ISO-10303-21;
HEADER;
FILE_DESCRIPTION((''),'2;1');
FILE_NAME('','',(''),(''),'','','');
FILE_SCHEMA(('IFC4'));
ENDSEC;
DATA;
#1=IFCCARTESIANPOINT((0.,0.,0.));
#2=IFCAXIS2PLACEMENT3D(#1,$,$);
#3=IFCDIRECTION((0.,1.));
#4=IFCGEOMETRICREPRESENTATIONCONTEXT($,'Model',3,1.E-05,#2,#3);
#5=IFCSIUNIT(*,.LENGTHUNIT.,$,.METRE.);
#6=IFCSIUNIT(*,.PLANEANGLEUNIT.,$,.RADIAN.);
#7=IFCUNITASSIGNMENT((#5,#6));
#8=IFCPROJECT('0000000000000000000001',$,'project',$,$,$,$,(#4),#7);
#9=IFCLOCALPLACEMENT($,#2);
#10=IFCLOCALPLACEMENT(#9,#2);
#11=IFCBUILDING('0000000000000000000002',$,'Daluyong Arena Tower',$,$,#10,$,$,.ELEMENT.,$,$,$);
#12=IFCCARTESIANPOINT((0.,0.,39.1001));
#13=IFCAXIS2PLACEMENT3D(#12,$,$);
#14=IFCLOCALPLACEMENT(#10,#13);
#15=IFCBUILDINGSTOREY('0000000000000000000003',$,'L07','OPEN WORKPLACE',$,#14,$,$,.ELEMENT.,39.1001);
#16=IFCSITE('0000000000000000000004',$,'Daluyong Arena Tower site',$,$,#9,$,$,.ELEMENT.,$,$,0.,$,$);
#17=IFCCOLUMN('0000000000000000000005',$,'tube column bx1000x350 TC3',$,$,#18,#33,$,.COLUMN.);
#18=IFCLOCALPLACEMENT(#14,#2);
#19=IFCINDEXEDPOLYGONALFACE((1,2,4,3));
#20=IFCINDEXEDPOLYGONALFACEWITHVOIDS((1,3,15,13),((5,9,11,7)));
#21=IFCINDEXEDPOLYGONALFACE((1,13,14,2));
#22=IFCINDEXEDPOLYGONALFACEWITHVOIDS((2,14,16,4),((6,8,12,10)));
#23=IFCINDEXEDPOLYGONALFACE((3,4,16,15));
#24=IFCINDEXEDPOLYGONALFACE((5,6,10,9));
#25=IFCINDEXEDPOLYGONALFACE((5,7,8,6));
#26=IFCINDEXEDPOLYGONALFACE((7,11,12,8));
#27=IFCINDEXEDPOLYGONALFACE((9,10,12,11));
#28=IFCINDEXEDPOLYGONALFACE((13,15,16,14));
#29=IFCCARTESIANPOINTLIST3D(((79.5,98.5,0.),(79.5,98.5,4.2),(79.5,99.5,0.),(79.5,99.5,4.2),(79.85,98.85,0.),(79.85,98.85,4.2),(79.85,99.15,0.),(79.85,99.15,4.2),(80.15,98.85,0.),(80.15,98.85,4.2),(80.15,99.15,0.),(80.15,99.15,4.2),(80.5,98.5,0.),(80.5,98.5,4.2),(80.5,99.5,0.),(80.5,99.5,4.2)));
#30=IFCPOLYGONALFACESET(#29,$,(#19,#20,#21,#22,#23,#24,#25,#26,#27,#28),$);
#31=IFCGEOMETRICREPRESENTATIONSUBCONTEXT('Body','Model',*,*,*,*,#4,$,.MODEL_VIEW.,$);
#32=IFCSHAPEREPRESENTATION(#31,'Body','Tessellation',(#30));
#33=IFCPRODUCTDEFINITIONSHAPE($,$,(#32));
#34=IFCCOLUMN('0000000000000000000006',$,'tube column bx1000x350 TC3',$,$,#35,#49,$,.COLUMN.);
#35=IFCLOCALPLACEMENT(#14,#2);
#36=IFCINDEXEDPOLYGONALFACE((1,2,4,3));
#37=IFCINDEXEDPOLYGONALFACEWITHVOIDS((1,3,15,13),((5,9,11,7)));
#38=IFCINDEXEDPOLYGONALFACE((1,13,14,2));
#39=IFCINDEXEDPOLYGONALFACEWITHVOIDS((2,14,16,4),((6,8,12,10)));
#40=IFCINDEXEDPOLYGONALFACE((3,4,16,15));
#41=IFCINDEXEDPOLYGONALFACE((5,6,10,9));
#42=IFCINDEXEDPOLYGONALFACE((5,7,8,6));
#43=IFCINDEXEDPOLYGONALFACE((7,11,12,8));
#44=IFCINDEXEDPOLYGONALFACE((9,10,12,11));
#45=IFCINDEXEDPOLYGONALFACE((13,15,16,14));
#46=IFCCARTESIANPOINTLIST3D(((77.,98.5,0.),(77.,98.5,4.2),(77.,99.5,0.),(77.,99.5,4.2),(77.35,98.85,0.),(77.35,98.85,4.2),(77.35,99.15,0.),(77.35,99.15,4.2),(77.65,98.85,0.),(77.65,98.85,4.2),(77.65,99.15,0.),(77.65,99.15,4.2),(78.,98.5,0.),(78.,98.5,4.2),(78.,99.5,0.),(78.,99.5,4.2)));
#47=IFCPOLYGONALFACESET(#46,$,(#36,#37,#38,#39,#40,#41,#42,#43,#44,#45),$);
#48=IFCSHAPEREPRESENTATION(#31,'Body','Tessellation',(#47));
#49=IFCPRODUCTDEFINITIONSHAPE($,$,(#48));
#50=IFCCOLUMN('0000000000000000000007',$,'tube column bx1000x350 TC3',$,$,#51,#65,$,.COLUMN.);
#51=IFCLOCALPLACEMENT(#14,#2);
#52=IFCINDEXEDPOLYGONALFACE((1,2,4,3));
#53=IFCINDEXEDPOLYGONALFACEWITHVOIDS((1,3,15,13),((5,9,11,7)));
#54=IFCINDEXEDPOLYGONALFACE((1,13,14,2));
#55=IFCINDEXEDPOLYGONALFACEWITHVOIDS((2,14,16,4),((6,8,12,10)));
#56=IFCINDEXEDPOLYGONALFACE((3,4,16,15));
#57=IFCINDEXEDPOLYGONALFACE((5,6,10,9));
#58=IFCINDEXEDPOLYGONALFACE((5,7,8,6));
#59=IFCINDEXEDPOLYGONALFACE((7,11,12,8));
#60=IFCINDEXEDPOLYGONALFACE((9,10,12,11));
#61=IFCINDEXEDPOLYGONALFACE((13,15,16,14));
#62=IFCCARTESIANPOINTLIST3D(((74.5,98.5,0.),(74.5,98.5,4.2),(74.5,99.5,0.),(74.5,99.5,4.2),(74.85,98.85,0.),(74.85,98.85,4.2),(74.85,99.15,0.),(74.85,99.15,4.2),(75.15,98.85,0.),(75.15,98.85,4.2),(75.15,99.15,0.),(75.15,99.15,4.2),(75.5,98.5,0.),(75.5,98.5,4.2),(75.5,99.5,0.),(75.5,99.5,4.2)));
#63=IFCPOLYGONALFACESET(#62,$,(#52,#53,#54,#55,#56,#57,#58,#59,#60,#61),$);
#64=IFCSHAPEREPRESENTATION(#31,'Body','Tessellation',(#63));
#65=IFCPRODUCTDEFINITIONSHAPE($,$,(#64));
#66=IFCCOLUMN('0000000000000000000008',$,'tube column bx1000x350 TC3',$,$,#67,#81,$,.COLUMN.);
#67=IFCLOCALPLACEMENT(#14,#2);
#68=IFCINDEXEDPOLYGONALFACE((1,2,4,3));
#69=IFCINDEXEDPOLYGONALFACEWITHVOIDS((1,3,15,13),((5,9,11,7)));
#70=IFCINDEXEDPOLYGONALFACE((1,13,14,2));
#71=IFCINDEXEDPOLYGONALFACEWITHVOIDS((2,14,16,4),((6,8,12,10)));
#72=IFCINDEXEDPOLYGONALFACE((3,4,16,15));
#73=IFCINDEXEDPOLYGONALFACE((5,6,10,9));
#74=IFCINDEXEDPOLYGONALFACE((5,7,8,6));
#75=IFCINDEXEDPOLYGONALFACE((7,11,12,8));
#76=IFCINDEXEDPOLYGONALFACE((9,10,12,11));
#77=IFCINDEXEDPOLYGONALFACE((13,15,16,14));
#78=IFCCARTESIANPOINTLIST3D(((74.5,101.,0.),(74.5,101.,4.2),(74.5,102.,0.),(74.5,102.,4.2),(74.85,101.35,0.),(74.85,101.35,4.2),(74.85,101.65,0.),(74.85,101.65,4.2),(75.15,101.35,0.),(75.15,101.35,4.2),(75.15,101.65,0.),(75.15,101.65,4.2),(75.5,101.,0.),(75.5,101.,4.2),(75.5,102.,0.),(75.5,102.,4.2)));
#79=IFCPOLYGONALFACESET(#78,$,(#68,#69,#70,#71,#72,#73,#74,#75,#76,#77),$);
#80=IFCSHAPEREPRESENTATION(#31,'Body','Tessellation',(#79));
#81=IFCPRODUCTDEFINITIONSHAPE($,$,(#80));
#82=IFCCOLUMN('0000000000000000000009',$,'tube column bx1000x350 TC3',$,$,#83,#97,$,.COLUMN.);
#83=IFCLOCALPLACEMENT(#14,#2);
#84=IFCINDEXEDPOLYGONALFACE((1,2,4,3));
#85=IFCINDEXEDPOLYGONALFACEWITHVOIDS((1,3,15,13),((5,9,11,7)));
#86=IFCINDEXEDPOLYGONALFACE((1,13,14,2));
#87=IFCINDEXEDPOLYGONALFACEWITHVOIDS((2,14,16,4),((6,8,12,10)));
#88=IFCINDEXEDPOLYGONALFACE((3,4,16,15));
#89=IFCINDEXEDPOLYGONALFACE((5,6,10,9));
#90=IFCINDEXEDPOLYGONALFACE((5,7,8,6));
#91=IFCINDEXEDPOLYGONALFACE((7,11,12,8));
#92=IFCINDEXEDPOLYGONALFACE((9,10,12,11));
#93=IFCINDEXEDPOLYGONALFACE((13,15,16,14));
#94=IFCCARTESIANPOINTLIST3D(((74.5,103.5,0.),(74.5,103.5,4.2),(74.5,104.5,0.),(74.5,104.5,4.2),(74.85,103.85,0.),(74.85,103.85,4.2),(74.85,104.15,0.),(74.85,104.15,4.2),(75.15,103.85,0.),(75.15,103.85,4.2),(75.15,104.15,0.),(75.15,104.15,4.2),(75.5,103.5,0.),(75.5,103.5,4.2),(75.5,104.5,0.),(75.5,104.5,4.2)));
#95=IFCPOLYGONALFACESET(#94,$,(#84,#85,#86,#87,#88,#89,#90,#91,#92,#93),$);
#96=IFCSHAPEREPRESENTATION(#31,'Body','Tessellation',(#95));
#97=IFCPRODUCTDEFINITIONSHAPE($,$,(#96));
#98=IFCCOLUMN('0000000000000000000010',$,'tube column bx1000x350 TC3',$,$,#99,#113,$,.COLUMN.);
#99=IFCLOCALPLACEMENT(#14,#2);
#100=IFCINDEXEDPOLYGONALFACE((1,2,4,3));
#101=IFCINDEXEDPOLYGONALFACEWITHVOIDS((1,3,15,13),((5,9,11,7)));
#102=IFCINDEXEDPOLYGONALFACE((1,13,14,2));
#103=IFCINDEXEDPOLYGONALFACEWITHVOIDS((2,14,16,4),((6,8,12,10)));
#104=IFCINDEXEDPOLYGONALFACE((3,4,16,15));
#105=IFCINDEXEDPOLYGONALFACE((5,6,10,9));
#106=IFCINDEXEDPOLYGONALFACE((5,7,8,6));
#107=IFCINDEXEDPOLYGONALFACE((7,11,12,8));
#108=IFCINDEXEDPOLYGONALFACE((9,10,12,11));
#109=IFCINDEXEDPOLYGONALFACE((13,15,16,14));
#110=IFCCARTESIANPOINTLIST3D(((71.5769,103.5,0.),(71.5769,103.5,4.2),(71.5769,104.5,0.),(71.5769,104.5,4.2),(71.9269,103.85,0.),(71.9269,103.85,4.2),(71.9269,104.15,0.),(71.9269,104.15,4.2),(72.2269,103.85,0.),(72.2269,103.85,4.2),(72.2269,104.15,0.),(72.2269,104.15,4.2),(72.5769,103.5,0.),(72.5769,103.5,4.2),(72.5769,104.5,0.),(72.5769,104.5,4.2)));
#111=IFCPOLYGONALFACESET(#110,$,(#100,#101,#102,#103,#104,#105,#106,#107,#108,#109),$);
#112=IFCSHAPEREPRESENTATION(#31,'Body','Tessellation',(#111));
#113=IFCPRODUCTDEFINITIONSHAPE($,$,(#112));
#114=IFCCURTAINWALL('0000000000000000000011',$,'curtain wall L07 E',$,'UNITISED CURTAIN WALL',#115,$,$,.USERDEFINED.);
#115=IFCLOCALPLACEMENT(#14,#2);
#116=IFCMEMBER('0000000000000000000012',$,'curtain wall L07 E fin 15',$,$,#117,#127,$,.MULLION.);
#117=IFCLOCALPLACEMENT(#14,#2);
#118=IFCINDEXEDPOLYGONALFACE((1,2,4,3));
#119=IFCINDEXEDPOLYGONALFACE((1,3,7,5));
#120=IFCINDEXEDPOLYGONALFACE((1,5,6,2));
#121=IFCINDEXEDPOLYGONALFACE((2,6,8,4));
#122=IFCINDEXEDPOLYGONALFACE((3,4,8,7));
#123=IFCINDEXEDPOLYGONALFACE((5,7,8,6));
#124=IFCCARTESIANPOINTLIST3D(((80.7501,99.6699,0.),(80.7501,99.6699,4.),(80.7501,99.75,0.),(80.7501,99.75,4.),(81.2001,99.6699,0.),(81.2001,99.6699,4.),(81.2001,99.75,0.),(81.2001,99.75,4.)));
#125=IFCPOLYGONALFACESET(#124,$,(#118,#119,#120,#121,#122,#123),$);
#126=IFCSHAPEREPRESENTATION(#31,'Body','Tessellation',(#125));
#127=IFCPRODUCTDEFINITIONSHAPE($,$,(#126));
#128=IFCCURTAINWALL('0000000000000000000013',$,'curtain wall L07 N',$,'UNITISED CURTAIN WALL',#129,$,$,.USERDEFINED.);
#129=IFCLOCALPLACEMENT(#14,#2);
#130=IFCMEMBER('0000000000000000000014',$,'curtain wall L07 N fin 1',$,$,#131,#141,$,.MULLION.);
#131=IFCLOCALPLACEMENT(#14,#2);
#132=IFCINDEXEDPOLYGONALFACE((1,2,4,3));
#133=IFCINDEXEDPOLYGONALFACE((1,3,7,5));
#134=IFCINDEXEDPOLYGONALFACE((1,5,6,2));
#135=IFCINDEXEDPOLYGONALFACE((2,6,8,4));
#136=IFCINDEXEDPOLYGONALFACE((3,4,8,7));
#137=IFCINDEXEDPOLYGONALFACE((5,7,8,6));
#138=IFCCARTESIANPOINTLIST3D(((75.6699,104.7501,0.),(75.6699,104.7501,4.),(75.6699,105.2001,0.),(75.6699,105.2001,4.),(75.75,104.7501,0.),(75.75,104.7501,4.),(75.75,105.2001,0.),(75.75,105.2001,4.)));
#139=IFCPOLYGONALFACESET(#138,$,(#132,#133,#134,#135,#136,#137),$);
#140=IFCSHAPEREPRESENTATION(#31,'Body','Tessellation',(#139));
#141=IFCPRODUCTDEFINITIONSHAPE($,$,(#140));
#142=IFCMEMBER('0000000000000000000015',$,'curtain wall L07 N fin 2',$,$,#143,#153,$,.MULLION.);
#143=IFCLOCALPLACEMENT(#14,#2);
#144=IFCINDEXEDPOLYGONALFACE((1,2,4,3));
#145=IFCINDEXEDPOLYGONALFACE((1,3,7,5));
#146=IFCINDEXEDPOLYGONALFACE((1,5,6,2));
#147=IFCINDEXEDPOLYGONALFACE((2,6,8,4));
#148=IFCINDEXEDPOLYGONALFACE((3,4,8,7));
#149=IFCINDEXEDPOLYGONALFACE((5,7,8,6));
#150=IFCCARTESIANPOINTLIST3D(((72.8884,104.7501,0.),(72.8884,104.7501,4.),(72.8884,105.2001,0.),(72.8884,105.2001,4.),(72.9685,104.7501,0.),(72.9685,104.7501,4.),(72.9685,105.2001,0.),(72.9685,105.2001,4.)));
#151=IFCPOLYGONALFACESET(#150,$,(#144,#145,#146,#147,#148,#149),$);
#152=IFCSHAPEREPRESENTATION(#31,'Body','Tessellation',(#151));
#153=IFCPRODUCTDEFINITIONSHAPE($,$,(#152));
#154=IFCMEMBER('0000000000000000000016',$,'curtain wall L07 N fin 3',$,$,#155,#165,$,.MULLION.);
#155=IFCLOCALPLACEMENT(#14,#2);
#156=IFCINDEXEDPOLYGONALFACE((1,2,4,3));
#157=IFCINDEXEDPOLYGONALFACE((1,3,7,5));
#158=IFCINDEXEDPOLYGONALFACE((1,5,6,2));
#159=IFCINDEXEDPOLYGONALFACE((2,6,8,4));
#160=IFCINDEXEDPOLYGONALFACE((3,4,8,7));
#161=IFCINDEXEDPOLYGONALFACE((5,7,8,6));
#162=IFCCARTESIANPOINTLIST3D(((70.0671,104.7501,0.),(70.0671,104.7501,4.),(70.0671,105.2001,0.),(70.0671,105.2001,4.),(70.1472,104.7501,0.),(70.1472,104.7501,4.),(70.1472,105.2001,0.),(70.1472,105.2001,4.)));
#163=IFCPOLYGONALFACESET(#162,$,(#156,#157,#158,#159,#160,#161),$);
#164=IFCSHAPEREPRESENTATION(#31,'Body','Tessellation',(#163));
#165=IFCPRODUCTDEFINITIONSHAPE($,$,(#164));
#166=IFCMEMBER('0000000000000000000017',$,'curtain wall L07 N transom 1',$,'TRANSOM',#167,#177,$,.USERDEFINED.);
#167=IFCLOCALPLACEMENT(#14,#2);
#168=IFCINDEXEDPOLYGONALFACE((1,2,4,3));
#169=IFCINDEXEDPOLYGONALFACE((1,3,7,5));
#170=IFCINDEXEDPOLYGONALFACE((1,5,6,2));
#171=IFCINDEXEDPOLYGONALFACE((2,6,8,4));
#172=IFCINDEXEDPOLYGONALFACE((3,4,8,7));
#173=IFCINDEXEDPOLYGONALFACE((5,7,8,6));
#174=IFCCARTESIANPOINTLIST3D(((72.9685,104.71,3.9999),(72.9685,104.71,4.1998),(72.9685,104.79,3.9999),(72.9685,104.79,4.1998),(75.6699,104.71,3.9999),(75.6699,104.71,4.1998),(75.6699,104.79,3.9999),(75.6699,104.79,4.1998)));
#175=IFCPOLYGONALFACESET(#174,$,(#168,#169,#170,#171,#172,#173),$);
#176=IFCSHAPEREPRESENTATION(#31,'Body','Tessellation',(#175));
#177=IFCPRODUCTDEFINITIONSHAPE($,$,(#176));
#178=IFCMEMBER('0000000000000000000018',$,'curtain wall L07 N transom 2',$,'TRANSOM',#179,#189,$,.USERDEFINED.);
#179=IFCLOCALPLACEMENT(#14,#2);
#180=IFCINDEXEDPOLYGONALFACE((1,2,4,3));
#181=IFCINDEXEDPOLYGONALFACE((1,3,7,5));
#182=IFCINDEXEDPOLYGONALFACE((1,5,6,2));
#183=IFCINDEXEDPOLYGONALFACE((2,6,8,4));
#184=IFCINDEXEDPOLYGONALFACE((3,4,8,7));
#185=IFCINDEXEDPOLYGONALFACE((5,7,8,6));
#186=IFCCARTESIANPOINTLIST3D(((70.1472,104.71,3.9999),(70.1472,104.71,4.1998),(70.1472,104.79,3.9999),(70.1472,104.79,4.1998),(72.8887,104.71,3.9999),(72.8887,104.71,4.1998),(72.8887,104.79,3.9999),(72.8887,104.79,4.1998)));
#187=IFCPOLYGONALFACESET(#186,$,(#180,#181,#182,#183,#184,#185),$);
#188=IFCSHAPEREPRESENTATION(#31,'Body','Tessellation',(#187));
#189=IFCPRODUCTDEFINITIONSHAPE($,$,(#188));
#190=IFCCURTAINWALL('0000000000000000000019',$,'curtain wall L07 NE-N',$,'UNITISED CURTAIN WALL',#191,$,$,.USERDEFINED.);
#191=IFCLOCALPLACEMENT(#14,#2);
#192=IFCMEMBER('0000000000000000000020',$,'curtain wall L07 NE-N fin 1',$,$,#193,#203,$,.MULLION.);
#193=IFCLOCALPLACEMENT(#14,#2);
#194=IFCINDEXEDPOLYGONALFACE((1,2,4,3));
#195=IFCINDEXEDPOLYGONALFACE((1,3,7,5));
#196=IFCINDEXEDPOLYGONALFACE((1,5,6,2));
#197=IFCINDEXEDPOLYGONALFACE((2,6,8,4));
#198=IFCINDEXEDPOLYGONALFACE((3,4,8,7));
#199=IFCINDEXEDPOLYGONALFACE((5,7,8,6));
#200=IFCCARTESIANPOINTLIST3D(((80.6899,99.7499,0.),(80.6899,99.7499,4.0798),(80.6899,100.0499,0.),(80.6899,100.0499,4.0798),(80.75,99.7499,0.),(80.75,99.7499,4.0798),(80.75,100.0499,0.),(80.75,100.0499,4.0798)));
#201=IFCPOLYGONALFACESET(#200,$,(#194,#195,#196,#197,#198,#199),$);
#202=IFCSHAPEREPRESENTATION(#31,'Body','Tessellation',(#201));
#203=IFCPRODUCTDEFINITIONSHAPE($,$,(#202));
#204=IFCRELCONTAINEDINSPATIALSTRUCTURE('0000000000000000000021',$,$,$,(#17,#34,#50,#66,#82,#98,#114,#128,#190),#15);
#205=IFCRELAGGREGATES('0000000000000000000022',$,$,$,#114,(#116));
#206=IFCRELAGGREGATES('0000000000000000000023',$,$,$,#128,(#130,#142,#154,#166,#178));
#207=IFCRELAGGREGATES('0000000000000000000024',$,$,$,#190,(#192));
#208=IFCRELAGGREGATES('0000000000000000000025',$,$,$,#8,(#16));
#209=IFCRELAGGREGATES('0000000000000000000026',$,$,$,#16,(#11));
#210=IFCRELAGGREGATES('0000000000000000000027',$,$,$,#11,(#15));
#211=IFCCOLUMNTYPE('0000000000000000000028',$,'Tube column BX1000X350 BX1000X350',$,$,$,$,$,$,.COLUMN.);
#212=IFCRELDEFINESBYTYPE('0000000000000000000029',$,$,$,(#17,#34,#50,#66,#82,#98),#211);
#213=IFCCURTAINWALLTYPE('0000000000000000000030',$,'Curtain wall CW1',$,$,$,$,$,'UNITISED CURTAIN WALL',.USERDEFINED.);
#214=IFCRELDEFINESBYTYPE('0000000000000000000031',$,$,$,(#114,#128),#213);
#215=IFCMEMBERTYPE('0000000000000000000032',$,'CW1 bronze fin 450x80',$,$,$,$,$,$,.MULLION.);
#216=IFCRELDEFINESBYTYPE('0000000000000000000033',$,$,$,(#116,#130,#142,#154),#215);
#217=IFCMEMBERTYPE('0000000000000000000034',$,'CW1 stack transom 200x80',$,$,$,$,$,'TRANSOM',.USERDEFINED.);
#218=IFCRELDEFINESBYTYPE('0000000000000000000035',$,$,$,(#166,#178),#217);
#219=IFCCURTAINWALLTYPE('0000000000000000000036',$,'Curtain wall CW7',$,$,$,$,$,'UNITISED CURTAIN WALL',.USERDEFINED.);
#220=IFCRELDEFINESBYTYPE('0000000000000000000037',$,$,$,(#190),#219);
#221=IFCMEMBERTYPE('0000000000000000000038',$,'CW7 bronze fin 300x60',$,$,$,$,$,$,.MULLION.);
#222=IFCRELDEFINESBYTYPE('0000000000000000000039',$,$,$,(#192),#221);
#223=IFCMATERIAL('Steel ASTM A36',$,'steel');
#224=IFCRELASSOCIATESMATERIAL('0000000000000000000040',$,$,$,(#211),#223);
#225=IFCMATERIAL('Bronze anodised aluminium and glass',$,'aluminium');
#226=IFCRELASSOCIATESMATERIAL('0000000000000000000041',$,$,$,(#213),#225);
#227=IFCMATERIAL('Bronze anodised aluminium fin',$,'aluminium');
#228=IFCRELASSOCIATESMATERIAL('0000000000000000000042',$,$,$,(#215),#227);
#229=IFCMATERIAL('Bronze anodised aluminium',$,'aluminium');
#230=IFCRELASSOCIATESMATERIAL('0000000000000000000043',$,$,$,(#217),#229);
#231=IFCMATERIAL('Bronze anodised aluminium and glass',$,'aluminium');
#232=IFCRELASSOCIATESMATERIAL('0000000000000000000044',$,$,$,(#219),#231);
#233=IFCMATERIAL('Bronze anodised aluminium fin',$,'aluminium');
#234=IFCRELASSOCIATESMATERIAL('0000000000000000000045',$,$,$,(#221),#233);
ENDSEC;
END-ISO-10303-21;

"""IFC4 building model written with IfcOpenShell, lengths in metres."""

from ifc_helpers import new_model, si_unit, direction, frame, origin, origin_2d, place, context, subcontext, project, spatial, rectangle, hollow_rectangle, extrude, material, material_profile, profile_set, type_object, element, aggregate, save


model = new_model("IFC4")

# Units and contexts
model_context = context("Model", 3, precision=1e-05, world=origin(), true_north=direction((0.0, 1.0)))
body_context = subcontext(model_context, "Body", "Model", "MODEL_VIEW")
ifc_project = project(units=[si_unit("LENGTHUNIT", "METRE"), si_unit("PLANEANGLEUNIT", "RADIAN")], contexts=[model_context])

# Site, building, storey
site_placement = place(None, origin())
site = spatial("IfcSite", under=ifc_project, at=site_placement, Name="Daluyong Arena Tower site", CompositionType="ELEMENT", RefElevation=0.0)
building_placement = place(site_placement, origin())
building = spatial("IfcBuilding", under=site, at=building_placement, Name="Daluyong Arena Tower", CompositionType="ELEMENT")
storey_placement = place(building_placement, frame((0.0, 0.0, 39.1001)))
storey = spatial("IfcBuildingStorey", under=building, at=storey_placement, Name="L07", Description="OPEN WORKPLACE", CompositionType="ELEMENT", Elevation=39.1001)

# Columns
ifc_material_1 = material(Name="Steel ASTM A36", Category="steel")
ifc_material_profile_1 = material_profile(ifc_material_1, hollow_rectangle(XDim=1.0, YDim=1.0, WallThickness=0.35, at=origin_2d()))
ifc_profile_set_1 = profile_set([ifc_material_profile_1], Name="Steel ASTM A36")
column_type = type_object("IfcColumnType", Name="Tube column BX1000X350 BX1000X350", PredefinedType="COLUMN", material=ifc_profile_set_1)
for number, where, z_axis, x_axis, name in (
    (1, (80.0, 99.0, 0.0), (0.0, 0.0, 1.0), (1.0, 0.0, 0.0), "tube column bx1000x350 TC3"),
    (2, (77.5, 99.0, 0.0), (0.0, 0.0, 1.0), (1.0, 0.0, 0.0), "tube column bx1000x350 TC3"),
    (3, (75.0, 99.0, 0.0), (0.0, 0.0, 1.0), (0.0, 1.0, 0.0), "tube column bx1000x350 TC3"),
    (4, (75.0, 101.5, 0.0), (0.0, 0.0, 1.0), (0.0, 1.0, 0.0), "tube column bx1000x350 TC3"),
    (5, (75.0, 104.0, 0.0), (0.0, 0.0, 1.0), (1.0, 0.0, 0.0), "tube column bx1000x350 TC3"),
    (6, (72.0769, 104.0, 0.0), (0.0, 0.0, 1.0), (1.0, 0.0, 0.0), "tube column bx1000x350 TC3"),
):
    element("IfcColumn", number, at=place(storey_placement, frame(where, z_axis=z_axis, x_axis=x_axis)), inside=storey, type_object=column_type, Name=name, PredefinedType="COLUMN", context=body_context, shape_type="SweptSolid", body=[
        extrude(hollow_rectangle(XDim=1.0, YDim=1.0, WallThickness=0.35, at=origin_2d()), origin(), (0.0, 0.0, 1.0), 4.2),
    ])

# Curtain wall, member
ifc_material_2 = material(Name="Bronze anodised aluminium and glass", Category="aluminium")
curtain_wall_type_1 = type_object("IfcCurtainWallType", Name="Curtain wall CW1", ElementType="UNITISED CURTAIN WALL", PredefinedType="USERDEFINED", material=ifc_material_2)
curtain_wall_1_placement = place(storey_placement, origin())
curtain_wall_1 = element("IfcCurtainWall", 7, at=curtain_wall_1_placement, inside=storey, type_object=curtain_wall_type_1, Name="curtain wall L07 E", ObjectType="UNITISED CURTAIN WALL", PredefinedType="USERDEFINED")
ifc_material_3 = material(Name="Bronze anodised aluminium fin", Category="aluminium")
ifc_material_profile_2 = material_profile(ifc_material_3, rectangle(XDim=0.45, YDim=0.0801, at=origin_2d()))
ifc_profile_set_2 = profile_set([ifc_material_profile_2], Name="Bronze anodised aluminium fin")
member_type_1 = type_object("IfcMemberType", Name="CW1 bronze fin 450x80", PredefinedType="MULLION", material=ifc_profile_set_2)
member_1_placement = place(storey_placement, frame((80.9751, 99.71, 0.0), z_axis=(0.0, 0.0, 1.0), x_axis=(-1.0, 0.0, 0.0)))
member_1 = element("IfcMember", 8, at=member_1_placement, type_object=member_type_1, Name="curtain wall L07 E fin 15", PredefinedType="MULLION", context=body_context, shape_type="SweptSolid", body=[
    extrude(rectangle(XDim=0.45, YDim=0.0801, at=origin_2d()), origin(), (0.0, 0.0, 1.0), 4.0),
])
aggregate(curtain_wall_1, [member_1])

# Curtain walls, members
curtain_wall_2_placement = place(storey_placement, origin())
curtain_wall_2 = element("IfcCurtainWall", 9, at=curtain_wall_2_placement, inside=storey, type_object=curtain_wall_type_1, Name="curtain wall L07 N", ObjectType="UNITISED CURTAIN WALL", PredefinedType="USERDEFINED")
member_2_placement = place(storey_placement, frame((75.71, 104.9751, 0.0), z_axis=(0.0, 0.0, 1.0), x_axis=(0.0, -1.0, 0.0)))
member_2 = element("IfcMember", 10, at=member_2_placement, type_object=member_type_1, Name="curtain wall L07 N fin 1", PredefinedType="MULLION", context=body_context, shape_type="SweptSolid", body=[
    extrude(rectangle(XDim=0.45, YDim=0.0801, at=origin_2d()), origin(), (0.0, 0.0, 1.0), 4.0),
])
member_3_placement = place(storey_placement, frame((72.9285, 104.9751, 0.0), z_axis=(0.0, 0.0, 1.0), x_axis=(0.0, -1.0, 0.0)))
member_3 = element("IfcMember", 11, at=member_3_placement, type_object=member_type_1, Name="curtain wall L07 N fin 2", PredefinedType="MULLION", context=body_context, shape_type="SweptSolid", body=[
    extrude(rectangle(XDim=0.45, YDim=0.0801, at=origin_2d()), origin(), (0.0, 0.0, 1.0), 4.0),
])
member_4_placement = place(storey_placement, frame((70.1072, 104.9751, 0.0), z_axis=(0.0, 0.0, 1.0), x_axis=(0.0, -1.0, 0.0)))
member_4 = element("IfcMember", 12, at=member_4_placement, type_object=member_type_1, Name="curtain wall L07 N fin 3", PredefinedType="MULLION", context=body_context, shape_type="SweptSolid", body=[
    extrude(rectangle(XDim=0.45, YDim=0.0801, at=origin_2d()), origin(), (0.0, 0.0, 1.0), 4.0),
])
ifc_material_4 = material(Name="Bronze anodised aluminium", Category="aluminium")
ifc_material_profile_3 = material_profile(ifc_material_4, rectangle(XDim=0.0801, YDim=0.2, at=origin_2d()))
ifc_profile_set_3 = profile_set([ifc_material_profile_3], Name="Bronze anodised aluminium")
member_type_2 = type_object("IfcMemberType", Name="CW1 stack transom 200x80", ElementType="TRANSOM", PredefinedType="USERDEFINED", material=ifc_profile_set_3)
member_5_placement = place(storey_placement, frame((75.6699, 104.75, 4.0999), z_axis=(-1.0, 0.0, 0.0), x_axis=(0.0, -1.0, 0.0)))
member_5 = element("IfcMember", 13, at=member_5_placement, type_object=member_type_2, Name="curtain wall L07 N transom 1", ObjectType="TRANSOM", PredefinedType="USERDEFINED", context=body_context, shape_type="SweptSolid", body=[
    extrude(rectangle(XDim=0.0801, YDim=0.2, at=origin_2d()), origin(), (0.0, 0.0, 1.0), 2.7014),
])
member_6_placement = place(storey_placement, frame((72.8887, 104.75, 4.0999), z_axis=(-1.0, 0.0, 0.0), x_axis=(0.0, -1.0, 0.0)))
member_6 = element("IfcMember", 14, at=member_6_placement, type_object=member_type_2, Name="curtain wall L07 N transom 2", ObjectType="TRANSOM", PredefinedType="USERDEFINED", context=body_context, shape_type="SweptSolid", body=[
    extrude(rectangle(XDim=0.0801, YDim=0.2, at=origin_2d()), origin(), (0.0, 0.0, 1.0), 2.7415),
])
ifc_material_5 = material(Name="Bronze anodised aluminium and glass", Category="aluminium")
curtain_wall_type_2 = type_object("IfcCurtainWallType", Name="Curtain wall CW7", ElementType="UNITISED CURTAIN WALL", PredefinedType="USERDEFINED", material=ifc_material_5)
curtain_wall_3_placement = place(storey_placement, origin())
curtain_wall_3 = element("IfcCurtainWall", 15, at=curtain_wall_3_placement, inside=storey, type_object=curtain_wall_type_2, Name="curtain wall L07 NE-N", ObjectType="UNITISED CURTAIN WALL", PredefinedType="USERDEFINED")
ifc_material_6 = material(Name="Bronze anodised aluminium fin", Category="aluminium")
ifc_material_profile_4 = material_profile(ifc_material_6, rectangle(XDim=0.3, YDim=0.0601, at=origin_2d()))
ifc_profile_set_4 = profile_set([ifc_material_profile_4], Name="Bronze anodised aluminium fin")
member_type_3 = type_object("IfcMemberType", Name="CW7 bronze fin 300x60", PredefinedType="MULLION", material=ifc_profile_set_4)
member_7_placement = place(storey_placement, frame((80.72, 99.8999, 0.0), z_axis=(0.0, 0.0, 1.0), x_axis=(0.0, -1.0, 0.0)))
member_7 = element("IfcMember", 16, at=member_7_placement, type_object=member_type_3, Name="curtain wall L07 NE-N fin 1", PredefinedType="MULLION", context=body_context, shape_type="SweptSolid", body=[
    extrude(rectangle(XDim=0.3, YDim=0.0601, at=origin_2d()), origin(), (0.0, 0.0, 1.0), 4.0798),
])

aggregate(curtain_wall_2, [member_2, member_3, member_4, member_5, member_6])
aggregate(curtain_wall_3, [member_7])

save(model, "model.ifc")
